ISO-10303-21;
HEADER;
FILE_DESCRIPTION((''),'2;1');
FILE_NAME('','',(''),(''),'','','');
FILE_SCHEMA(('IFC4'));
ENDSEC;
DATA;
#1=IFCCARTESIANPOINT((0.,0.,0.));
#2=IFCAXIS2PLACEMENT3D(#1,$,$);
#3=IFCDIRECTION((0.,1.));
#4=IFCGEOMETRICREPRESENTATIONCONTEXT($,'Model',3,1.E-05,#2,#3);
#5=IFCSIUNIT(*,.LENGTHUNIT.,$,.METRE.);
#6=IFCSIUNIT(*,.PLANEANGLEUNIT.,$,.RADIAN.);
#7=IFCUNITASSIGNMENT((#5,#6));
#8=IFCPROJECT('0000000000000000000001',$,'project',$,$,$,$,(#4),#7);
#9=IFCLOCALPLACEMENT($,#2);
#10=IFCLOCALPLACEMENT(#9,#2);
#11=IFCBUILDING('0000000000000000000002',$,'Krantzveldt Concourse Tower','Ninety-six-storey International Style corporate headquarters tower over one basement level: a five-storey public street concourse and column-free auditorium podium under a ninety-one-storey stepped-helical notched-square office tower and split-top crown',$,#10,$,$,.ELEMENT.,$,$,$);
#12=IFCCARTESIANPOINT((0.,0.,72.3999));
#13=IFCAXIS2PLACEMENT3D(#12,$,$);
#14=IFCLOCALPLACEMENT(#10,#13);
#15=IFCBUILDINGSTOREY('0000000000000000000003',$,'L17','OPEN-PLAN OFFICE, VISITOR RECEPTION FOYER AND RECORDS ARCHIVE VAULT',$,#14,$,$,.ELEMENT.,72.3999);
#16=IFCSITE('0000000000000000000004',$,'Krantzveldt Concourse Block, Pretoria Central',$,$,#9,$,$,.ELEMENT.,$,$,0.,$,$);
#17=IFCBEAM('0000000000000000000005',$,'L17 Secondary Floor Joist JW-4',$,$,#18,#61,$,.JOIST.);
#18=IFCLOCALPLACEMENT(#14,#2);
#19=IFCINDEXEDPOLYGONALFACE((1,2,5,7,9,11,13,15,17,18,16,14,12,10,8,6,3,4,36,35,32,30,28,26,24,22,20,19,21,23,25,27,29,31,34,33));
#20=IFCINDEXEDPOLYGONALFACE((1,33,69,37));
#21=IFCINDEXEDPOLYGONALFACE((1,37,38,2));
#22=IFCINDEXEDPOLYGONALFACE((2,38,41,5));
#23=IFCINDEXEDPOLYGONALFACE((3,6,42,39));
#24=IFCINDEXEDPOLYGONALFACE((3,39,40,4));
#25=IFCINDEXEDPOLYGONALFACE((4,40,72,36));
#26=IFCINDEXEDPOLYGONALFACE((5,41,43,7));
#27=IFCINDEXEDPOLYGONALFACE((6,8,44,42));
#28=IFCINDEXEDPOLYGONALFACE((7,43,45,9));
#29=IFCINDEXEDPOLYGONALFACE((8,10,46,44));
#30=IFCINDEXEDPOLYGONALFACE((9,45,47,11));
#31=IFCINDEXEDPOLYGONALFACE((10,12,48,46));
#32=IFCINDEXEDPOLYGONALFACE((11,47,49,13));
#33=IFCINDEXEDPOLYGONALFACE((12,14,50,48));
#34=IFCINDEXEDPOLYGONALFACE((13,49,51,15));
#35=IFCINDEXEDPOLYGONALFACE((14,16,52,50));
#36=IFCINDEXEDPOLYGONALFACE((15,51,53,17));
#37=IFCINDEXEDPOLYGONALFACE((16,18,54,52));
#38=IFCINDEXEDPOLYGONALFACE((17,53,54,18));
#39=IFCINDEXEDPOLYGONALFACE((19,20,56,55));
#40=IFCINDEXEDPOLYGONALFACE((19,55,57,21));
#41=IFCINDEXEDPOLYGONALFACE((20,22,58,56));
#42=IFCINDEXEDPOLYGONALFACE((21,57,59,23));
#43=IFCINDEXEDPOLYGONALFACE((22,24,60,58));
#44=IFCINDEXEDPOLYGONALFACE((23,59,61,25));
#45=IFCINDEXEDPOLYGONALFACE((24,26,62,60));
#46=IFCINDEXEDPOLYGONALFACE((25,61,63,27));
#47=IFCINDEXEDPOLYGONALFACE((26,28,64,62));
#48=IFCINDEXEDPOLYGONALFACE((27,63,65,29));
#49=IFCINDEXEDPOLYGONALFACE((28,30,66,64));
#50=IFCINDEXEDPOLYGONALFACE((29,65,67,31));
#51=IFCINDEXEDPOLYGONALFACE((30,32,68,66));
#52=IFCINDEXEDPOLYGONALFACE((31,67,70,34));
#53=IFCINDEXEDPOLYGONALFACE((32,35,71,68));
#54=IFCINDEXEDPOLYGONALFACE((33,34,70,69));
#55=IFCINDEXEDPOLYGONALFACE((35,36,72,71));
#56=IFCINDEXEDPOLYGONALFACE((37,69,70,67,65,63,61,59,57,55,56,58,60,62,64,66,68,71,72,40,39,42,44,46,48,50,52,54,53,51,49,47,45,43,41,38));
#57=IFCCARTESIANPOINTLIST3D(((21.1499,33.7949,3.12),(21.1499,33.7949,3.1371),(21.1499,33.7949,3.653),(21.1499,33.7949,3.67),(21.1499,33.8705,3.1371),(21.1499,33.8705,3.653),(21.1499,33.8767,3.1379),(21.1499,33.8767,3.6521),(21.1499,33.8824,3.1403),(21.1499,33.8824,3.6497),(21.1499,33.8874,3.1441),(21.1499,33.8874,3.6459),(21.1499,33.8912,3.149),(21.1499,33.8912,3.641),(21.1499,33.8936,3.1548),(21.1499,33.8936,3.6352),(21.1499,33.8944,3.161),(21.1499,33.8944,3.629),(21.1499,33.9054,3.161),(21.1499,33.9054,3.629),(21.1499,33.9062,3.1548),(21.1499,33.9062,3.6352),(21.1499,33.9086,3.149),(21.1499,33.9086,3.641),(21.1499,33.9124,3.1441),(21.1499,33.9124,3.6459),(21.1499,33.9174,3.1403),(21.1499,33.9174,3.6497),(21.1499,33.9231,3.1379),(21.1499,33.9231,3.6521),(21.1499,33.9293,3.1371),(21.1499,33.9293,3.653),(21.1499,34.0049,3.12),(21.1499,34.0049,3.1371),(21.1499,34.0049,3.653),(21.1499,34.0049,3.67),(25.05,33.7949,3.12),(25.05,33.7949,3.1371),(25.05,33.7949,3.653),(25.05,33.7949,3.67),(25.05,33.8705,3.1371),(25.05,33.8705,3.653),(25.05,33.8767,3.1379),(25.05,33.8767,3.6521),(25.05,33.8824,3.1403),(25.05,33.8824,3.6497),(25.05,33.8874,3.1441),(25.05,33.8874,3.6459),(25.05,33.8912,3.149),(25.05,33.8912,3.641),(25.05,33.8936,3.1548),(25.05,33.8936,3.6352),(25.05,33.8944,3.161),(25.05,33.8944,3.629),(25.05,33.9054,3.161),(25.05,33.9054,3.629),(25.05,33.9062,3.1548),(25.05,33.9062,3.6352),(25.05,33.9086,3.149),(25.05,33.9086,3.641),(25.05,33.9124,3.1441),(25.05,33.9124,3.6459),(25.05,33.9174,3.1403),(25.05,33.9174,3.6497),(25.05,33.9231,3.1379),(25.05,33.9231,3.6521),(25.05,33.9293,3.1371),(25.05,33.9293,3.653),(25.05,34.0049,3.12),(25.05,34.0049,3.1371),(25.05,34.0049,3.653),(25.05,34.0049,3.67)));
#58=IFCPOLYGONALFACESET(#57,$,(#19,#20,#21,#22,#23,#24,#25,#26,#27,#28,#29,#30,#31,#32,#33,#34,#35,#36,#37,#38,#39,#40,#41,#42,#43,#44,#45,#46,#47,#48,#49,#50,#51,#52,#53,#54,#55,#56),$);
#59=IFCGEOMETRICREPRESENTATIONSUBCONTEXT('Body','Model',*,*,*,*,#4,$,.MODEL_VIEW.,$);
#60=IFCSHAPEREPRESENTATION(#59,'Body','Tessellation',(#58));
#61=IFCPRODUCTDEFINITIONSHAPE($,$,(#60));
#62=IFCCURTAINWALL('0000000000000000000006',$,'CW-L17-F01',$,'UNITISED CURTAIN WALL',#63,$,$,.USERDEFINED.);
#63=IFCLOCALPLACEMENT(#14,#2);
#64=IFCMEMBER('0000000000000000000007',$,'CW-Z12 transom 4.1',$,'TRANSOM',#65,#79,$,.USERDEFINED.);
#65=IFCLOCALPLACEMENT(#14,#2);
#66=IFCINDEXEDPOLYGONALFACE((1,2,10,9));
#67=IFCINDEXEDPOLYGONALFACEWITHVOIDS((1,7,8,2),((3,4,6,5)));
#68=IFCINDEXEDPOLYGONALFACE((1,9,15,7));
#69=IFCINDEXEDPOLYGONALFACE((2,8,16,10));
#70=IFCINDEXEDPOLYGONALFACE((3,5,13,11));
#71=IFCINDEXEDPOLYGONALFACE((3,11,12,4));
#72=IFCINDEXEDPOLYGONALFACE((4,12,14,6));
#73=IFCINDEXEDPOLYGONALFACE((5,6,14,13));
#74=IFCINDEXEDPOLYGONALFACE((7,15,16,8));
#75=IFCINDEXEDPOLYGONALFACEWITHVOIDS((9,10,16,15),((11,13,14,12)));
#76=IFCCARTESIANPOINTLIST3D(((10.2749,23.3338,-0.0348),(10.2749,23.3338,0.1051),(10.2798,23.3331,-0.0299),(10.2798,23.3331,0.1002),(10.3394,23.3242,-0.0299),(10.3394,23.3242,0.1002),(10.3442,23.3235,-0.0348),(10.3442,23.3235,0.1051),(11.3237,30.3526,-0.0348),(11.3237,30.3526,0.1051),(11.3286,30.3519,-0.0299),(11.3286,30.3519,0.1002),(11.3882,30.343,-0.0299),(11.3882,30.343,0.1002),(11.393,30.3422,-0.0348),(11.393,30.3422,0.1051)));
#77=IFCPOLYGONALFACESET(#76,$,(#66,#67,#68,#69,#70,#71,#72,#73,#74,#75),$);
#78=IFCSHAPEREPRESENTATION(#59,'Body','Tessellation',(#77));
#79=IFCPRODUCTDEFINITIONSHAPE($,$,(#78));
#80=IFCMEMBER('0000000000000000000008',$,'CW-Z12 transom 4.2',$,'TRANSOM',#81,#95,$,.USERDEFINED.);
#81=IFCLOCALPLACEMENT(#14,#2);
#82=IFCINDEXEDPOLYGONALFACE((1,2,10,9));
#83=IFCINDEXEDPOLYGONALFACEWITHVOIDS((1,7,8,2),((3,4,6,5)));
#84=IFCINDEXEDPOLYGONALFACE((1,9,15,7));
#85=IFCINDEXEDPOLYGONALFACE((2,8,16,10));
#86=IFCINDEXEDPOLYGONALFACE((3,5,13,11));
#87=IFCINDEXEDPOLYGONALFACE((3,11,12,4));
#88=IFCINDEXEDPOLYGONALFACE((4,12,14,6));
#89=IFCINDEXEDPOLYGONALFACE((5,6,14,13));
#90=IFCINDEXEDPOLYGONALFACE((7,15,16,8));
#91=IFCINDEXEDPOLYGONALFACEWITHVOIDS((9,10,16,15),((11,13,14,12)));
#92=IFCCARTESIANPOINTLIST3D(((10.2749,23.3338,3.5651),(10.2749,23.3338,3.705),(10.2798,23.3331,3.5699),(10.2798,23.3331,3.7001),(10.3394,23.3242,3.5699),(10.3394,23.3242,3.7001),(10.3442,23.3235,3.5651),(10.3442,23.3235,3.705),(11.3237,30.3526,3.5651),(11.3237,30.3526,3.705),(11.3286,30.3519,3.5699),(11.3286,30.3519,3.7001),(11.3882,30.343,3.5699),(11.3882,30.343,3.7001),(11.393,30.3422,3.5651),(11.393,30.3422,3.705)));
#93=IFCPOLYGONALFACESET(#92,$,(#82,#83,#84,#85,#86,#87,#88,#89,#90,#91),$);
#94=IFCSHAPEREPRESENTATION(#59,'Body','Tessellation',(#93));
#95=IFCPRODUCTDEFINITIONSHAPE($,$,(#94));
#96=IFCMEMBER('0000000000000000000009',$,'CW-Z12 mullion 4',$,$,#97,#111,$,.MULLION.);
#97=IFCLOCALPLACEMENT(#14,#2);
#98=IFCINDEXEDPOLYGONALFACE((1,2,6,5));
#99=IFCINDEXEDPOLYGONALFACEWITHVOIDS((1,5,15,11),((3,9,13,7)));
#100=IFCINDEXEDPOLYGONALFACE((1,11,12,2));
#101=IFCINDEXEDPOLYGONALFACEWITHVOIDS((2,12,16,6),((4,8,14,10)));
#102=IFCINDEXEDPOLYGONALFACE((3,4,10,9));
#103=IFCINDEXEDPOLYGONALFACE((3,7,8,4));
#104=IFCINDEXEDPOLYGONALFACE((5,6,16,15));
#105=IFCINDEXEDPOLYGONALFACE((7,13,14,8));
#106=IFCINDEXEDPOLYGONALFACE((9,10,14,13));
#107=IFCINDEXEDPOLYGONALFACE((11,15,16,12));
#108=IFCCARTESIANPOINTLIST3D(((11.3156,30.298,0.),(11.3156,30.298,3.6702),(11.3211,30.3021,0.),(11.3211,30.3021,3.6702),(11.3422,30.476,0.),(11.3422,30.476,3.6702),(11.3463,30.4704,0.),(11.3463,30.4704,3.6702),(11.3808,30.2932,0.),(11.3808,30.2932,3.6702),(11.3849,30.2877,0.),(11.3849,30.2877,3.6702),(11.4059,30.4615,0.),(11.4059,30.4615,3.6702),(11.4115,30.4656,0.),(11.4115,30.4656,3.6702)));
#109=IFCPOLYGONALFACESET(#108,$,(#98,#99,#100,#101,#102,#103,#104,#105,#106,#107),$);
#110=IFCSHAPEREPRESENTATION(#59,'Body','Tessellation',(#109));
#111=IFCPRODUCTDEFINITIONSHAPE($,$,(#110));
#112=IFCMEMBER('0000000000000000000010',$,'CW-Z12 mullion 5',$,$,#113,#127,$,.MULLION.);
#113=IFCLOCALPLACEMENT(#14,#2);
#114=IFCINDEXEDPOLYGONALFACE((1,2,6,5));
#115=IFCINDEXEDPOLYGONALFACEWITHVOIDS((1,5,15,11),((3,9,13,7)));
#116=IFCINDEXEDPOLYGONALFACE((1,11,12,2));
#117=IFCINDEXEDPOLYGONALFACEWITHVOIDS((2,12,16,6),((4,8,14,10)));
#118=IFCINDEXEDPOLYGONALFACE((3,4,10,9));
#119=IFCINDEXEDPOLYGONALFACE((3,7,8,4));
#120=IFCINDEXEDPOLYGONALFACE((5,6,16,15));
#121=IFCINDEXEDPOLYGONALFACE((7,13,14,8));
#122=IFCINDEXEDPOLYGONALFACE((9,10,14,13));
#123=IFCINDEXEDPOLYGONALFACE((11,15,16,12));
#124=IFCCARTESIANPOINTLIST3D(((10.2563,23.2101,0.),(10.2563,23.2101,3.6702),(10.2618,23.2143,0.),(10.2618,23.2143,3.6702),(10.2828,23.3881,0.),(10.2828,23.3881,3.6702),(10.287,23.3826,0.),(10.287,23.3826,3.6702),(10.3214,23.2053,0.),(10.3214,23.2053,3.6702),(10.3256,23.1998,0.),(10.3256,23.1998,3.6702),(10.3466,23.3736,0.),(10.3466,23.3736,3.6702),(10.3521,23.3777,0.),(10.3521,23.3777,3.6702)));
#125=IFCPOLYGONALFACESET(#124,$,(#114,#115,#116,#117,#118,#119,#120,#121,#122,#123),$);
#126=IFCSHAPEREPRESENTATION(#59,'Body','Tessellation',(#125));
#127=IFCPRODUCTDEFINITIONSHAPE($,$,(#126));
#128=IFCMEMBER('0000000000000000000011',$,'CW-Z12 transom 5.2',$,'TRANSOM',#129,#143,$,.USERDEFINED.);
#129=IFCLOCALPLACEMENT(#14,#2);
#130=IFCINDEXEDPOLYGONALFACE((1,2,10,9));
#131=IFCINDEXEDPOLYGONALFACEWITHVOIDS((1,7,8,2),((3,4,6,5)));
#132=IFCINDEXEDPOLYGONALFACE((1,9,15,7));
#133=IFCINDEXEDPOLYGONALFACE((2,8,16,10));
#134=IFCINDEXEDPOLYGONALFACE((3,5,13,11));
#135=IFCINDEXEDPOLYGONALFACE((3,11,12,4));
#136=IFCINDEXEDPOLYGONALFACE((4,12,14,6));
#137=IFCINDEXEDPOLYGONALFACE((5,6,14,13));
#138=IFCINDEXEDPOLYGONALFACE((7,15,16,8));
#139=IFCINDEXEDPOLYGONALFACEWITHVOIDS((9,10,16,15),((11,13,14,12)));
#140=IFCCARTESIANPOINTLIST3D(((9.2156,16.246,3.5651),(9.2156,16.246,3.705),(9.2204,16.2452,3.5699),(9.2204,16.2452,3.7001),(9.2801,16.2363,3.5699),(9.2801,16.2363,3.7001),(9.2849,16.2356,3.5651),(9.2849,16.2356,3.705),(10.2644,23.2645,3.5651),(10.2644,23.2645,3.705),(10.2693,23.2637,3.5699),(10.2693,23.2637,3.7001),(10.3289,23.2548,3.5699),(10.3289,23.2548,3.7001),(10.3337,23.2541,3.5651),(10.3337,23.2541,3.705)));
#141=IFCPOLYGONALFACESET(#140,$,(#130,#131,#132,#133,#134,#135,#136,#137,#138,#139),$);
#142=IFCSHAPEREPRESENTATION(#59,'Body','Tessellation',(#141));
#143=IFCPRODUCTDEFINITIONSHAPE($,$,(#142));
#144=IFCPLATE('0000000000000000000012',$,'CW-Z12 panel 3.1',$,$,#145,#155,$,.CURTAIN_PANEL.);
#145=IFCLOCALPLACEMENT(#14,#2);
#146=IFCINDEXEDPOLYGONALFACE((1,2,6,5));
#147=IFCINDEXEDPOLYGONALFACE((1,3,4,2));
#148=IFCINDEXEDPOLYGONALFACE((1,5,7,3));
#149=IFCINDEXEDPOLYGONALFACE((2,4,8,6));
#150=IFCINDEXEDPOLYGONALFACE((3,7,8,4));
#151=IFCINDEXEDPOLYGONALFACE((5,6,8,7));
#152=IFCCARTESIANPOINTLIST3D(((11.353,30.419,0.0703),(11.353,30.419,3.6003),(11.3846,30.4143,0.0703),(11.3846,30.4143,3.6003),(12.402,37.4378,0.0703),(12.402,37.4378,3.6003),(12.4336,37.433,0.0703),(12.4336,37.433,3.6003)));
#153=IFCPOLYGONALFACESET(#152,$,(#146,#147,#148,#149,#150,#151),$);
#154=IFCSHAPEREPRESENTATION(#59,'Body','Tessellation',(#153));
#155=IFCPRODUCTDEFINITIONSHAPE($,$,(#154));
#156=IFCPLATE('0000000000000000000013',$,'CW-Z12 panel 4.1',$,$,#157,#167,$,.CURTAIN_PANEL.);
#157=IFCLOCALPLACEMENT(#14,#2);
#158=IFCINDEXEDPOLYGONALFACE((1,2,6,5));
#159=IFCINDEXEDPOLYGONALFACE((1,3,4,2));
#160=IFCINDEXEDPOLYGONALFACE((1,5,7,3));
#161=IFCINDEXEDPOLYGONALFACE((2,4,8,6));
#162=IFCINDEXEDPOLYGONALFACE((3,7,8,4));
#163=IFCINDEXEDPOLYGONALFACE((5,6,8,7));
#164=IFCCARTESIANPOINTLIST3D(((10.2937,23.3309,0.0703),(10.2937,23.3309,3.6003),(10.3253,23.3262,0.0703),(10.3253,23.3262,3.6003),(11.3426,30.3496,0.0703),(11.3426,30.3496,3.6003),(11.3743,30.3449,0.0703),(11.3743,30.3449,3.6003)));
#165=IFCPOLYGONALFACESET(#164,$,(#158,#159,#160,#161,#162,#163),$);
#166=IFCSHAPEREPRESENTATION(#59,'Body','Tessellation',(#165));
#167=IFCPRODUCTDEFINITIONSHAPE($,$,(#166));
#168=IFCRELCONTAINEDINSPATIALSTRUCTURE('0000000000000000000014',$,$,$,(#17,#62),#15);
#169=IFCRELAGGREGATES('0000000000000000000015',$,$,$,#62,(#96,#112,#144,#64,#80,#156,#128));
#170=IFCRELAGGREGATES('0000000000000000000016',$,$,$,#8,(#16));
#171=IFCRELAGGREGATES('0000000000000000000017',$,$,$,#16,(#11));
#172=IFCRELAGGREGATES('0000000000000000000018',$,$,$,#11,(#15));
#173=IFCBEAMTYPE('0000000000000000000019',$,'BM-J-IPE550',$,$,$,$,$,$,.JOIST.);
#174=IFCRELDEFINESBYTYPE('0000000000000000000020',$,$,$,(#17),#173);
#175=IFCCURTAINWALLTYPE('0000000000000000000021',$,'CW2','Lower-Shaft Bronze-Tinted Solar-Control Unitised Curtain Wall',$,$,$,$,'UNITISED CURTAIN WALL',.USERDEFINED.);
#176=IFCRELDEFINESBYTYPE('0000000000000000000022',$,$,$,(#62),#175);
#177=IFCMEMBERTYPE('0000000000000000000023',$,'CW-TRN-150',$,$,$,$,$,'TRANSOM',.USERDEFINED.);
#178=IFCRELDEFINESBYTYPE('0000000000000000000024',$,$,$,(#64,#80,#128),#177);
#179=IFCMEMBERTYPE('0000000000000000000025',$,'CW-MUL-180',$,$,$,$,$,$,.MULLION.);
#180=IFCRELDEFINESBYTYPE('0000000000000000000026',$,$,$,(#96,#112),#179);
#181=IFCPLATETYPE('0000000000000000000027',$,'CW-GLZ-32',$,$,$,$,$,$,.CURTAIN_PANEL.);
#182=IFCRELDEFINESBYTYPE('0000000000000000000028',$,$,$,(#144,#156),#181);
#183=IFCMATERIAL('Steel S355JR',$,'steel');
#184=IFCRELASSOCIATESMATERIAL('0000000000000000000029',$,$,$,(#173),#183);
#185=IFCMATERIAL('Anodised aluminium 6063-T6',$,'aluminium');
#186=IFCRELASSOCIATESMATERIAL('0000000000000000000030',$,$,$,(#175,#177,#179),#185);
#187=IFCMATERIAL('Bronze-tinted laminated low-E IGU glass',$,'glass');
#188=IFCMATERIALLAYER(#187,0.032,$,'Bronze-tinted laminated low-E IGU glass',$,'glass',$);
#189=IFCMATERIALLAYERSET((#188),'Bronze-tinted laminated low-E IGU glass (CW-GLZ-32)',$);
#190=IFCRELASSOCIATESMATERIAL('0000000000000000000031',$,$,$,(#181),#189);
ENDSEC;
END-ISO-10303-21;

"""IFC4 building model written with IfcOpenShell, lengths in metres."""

from ifc_helpers import new_model, si_unit, direction, frame, origin, origin_2d, place, context, subcontext, project, spatial, rectangle, hollow_rectangle, i_section, extrude, source, transform, mapped, material, layer, layer_set, material_profile, profile_set, type_object, type_shapes, element, aggregate, save


model = new_model("IFC4")

# Units and contexts
model_context = context("Model", 3, precision=1e-05, world=origin(), true_north=direction((0.0, 1.0)))
body_context = subcontext(model_context, "Body", "Model", "MODEL_VIEW")
ifc_project = project(units=[si_unit("LENGTHUNIT", "METRE"), si_unit("PLANEANGLEUNIT", "RADIAN")], contexts=[model_context])

# Site, building, storey
site_placement = place(None, origin())
site = spatial("IfcSite", under=ifc_project, at=site_placement, Name="Krantzveldt Concourse Block, Pretoria Central", CompositionType="ELEMENT", RefElevation=0.0)
building_placement = place(site_placement, origin())
building = spatial("IfcBuilding", under=site, at=building_placement, Name="Krantzveldt Concourse Tower", Description="Ninety-six-storey International Style corporate headquarters tower over one basement level: a five-storey public street concourse and column-free auditorium podium under a ninety-one-storey stepped-helical notched-square office tower and split-top crown", CompositionType="ELEMENT")
storey_placement = place(building_placement, frame((0.0, 0.0, 72.3999)))
storey = spatial("IfcBuildingStorey", under=building, at=storey_placement, Name="L17", Description="OPEN-PLAN OFFICE, VISITOR RECEPTION FOYER AND RECORDS ARCHIVE VAULT", CompositionType="ELEMENT", Elevation=72.3999)

# Beam
ifc_material_1 = material(Name="Steel S355JR", Category="steel")
ifc_material_profile_1 = material_profile(ifc_material_1, i_section(OverallWidth=0.21, OverallDepth=0.55, WebThickness=0.011, FlangeThickness=0.0171, FilletRadius=0.0239, at=origin_2d()), Name="Steel S355JR", Category="steel")
ifc_profile_set_1 = profile_set([ifc_material_profile_1], Name="Steel S355JR - IPE 550")
beam_type_1 = type_object("IfcBeamType", Name="BM-J-IPE550", PredefinedType="JOIST", material=ifc_profile_set_1)
shared_shape_1 = source(origin(), body_context, "Body", "SweptSolid", [
    extrude(i_section(OverallWidth=0.21, OverallDepth=0.55, WebThickness=0.011, FlangeThickness=0.0171, FilletRadius=0.0239, at=origin_2d()), origin(), (0.0, 0.0, 1.0), 3.9001),
])
type_shapes(beam_type_1, [shared_shape_1])
for number, where, z_axis, x_axis, name in (
    (1, (21.1499, 33.8999, 3.395), (1.0, 0.0, 0.0), (0.0, 1.0, 0.0), "L17 Secondary Floor Joist JW-4"),
):
    element("IfcBeam", number, at=place(storey_placement, frame(where, z_axis=z_axis, x_axis=x_axis)), inside=storey, type_object=beam_type_1, Name=name, PredefinedType="JOIST", context=body_context, shape_type="MappedRepresentation", body=[
        mapped(shared_shape_1, transform((0.0, 0.0, 0.0), x_axis=(1.0, 0.0, 0.0), y_axis=(0.0, 1.0, 0.0), z_axis=(0.0, 0.0, 1.0), scale=1.0)),
    ])

# Curtain wall, members, plates
ifc_material_2 = material(Name="Anodised aluminium 6063-T6", Category="aluminium")
curtain_wall_type = type_object("IfcCurtainWallType", Name="CW2", Description="Lower-Shaft Bronze-Tinted Solar-Control Unitised Curtain Wall", ElementType="UNITISED CURTAIN WALL", PredefinedType="USERDEFINED", material=ifc_material_2)
curtain_wall_placement = place(storey_placement, origin())
curtain_wall = element("IfcCurtainWall", 2, at=curtain_wall_placement, inside=storey, type_object=curtain_wall_type, Name="CW-L17-F01", ObjectType="UNITISED CURTAIN WALL", PredefinedType="USERDEFINED")
ifc_material_profile_2 = material_profile(ifc_material_2, hollow_rectangle(XDim=0.0701, YDim=0.1399, WallThickness=0.0049, at=origin_2d()), Name="Anodised aluminium 6063-T6", Category="aluminium")
ifc_profile_set_2 = profile_set([ifc_material_profile_2], Name="Anodised aluminium 6063-T6 - ALU-TRAN 140x70x5")
member_type_1 = type_object("IfcMemberType", Name="CW-TRN-150", ElementType="TRANSOM", PredefinedType="USERDEFINED", material=ifc_profile_set_2)
shared_shape_2 = source(origin(), body_context, "Body", "SweptSolid", [
    extrude(hollow_rectangle(XDim=0.0701, YDim=0.1399, WallThickness=0.0049, at=origin_2d()), origin(), (0.0, 0.0, 1.0), 7.0967),
])
member_1_placement = place(storey_placement, frame((11.3584, 30.3474, 0.0352), z_axis=(-0.14779, -0.989019, 0.0), x_axis=(0.989019, -0.14779, 0.0)))
member_1 = element("IfcMember", 3, at=member_1_placement, type_object=member_type_1, Name="CW-Z12 transom 4.1", ObjectType="TRANSOM", PredefinedType="USERDEFINED", context=body_context, shape_type="MappedRepresentation", body=[
    mapped(shared_shape_2, transform((0.0, 0.0, 0.0), x_axis=(1.0, 0.0, 0.0), y_axis=(0.0, 1.0, 0.0), z_axis=(0.0, 0.0, 1.0), scale=1.0)),
])
member_2_placement = place(storey_placement, frame((11.3584, 30.3474, 3.635), z_axis=(-0.14779, -0.989019, 0.0), x_axis=(0.989019, -0.14779, 0.0)))
member_2 = element("IfcMember", 4, at=member_2_placement, type_object=member_type_1, Name="CW-Z12 transom 4.2", ObjectType="TRANSOM", PredefinedType="USERDEFINED", context=body_context, shape_type="MappedRepresentation", body=[
    mapped(shared_shape_2, transform((0.0, 0.0, 0.0), x_axis=(1.0, 0.0, 0.0), y_axis=(0.0, 1.0, 0.0), z_axis=(0.0, 0.0, 1.0), scale=1.0)),
])
ifc_material_profile_3 = material_profile(ifc_material_2, hollow_rectangle(XDim=0.0701, YDim=0.1799, WallThickness=0.0049, at=origin_2d()), Name="Anodised aluminium 6063-T6", Category="aluminium")
ifc_profile_set_3 = profile_set([ifc_material_profile_3], Name="Anodised aluminium 6063-T6 - ALU-MULL 180x70x5")
member_type_2 = type_object("IfcMemberType", Name="CW-MUL-180", PredefinedType="MULLION", material=ifc_profile_set_3)
shared_shape_3 = source(origin(), body_context, "Body", "SweptSolid", [
    extrude(hollow_rectangle(XDim=0.0701, YDim=0.1799, WallThickness=0.0049, at=origin_2d()), origin(), (0.0, 0.0, 1.0), 3.6702),
])
type_shapes(member_type_2, [shared_shape_3])
member_3_placement = place(storey_placement, frame((11.3635, 30.3818, 0.0), z_axis=(0.0, 0.0, 1.0), x_axis=(0.989016, -0.14781, 0.0)))
member_3 = element("IfcMember", 5, at=member_3_placement, type_object=member_type_2, Name="CW-Z12 mullion 4", PredefinedType="MULLION", context=body_context, shape_type="MappedRepresentation", body=[
    mapped(shared_shape_3, transform((0.0, 0.0, 0.0), x_axis=(1.0, 0.0, 0.0), y_axis=(0.0, 1.0, 0.0), z_axis=(0.0, 0.0, 1.0), scale=1.0)),
])
member_4_placement = place(storey_placement, frame((10.3042, 23.2939, 0.0), z_axis=(0.0, 0.0, 1.0), x_axis=(0.989016, -0.14781, 0.0)))
member_4 = element("IfcMember", 6, at=member_4_placement, type_object=member_type_2, Name="CW-Z12 mullion 5", PredefinedType="MULLION", context=body_context, shape_type="MappedRepresentation", body=[
    mapped(shared_shape_3, transform((0.0, 0.0, 0.0), x_axis=(1.0, 0.0, 0.0), y_axis=(0.0, 1.0, 0.0), z_axis=(0.0, 0.0, 1.0), scale=1.0)),
])
shared_shape_4 = source(origin(), body_context, "Body", "SweptSolid", [
    extrude(hollow_rectangle(XDim=0.0701, YDim=0.1399, WallThickness=0.0049, at=origin_2d()), origin(), (0.0, 0.0, 1.0), 7.0964),
])
type_shapes(member_type_1, [shared_shape_2, shared_shape_4])
member_5_placement = place(storey_placement, frame((10.2991, 23.2593, 3.635), z_axis=(-0.147795, -0.989018, 0.0), x_axis=(0.989018, -0.147795, 0.0)))
member_5 = element("IfcMember", 7, at=member_5_placement, type_object=member_type_1, Name="CW-Z12 transom 5.2", ObjectType="TRANSOM", PredefinedType="USERDEFINED", context=body_context, shape_type="MappedRepresentation", body=[
    mapped(shared_shape_4, transform((0.0, 0.0, 0.0), x_axis=(1.0, 0.0, 0.0), y_axis=(0.0, 1.0, 0.0), z_axis=(0.0, 0.0, 1.0), scale=1.0)),
])
ifc_material_3 = material(Name="Bronze-tinted laminated low-E IGU glass", Category="glass")
ifc_layer_1 = layer(ifc_material_3, 0.032, Name="Bronze-tinted laminated low-E IGU glass", Category="glass")
ifc_layer_set_1 = layer_set([ifc_layer_1], Name="Bronze-tinted laminated low-E IGU glass (CW-GLZ-32)")
plate_type = type_object("IfcPlateType", Name="CW-GLZ-32", PredefinedType="CURTAIN_PANEL", material=ifc_layer_set_1)
shared_shape_5 = source(origin(), body_context, "Body", "SweptSolid", [
    extrude(rectangle(XDim=7.0967, YDim=0.032, at=origin_2d()), origin(), (0.0, 0.0, 1.0), 3.53),
])
type_shapes(plate_type, [shared_shape_5])
plate_1_placement = place(storey_placement, frame((11.8933, 33.926, 0.0703), z_axis=(0.0, 0.0, 1.0), x_axis=(-0.14781, -0.989016, 0.0)))
plate_1 = element("IfcPlate", 8, at=plate_1_placement, type_object=plate_type, Name="CW-Z12 panel 3.1", PredefinedType="CURTAIN_PANEL", context=body_context, shape_type="MappedRepresentation", body=[
    mapped(shared_shape_5, transform((0.0, 0.0, 0.0), x_axis=(1.0, 0.0, 0.0), y_axis=(0.0, 1.0, 0.0), z_axis=(0.0, 0.0, 1.0), scale=1.0)),
])
plate_2_placement = place(storey_placement, frame((10.834, 26.8379, 0.0703), z_axis=(0.0, 0.0, 1.0), x_axis=(-0.14781, -0.989016, 0.0)))
plate_2 = element("IfcPlate", 9, at=plate_2_placement, type_object=plate_type, Name="CW-Z12 panel 4.1", PredefinedType="CURTAIN_PANEL", context=body_context, shape_type="MappedRepresentation", body=[
    mapped(shared_shape_5, transform((0.0, 0.0, 0.0), x_axis=(1.0, 0.0, 0.0), y_axis=(0.0, 1.0, 0.0), z_axis=(0.0, 0.0, 1.0), scale=1.0)),
])
aggregate(curtain_wall, [member_3, member_4, plate_1, member_1, member_2, plate_2, member_5])

save(model, "model.ifc")
